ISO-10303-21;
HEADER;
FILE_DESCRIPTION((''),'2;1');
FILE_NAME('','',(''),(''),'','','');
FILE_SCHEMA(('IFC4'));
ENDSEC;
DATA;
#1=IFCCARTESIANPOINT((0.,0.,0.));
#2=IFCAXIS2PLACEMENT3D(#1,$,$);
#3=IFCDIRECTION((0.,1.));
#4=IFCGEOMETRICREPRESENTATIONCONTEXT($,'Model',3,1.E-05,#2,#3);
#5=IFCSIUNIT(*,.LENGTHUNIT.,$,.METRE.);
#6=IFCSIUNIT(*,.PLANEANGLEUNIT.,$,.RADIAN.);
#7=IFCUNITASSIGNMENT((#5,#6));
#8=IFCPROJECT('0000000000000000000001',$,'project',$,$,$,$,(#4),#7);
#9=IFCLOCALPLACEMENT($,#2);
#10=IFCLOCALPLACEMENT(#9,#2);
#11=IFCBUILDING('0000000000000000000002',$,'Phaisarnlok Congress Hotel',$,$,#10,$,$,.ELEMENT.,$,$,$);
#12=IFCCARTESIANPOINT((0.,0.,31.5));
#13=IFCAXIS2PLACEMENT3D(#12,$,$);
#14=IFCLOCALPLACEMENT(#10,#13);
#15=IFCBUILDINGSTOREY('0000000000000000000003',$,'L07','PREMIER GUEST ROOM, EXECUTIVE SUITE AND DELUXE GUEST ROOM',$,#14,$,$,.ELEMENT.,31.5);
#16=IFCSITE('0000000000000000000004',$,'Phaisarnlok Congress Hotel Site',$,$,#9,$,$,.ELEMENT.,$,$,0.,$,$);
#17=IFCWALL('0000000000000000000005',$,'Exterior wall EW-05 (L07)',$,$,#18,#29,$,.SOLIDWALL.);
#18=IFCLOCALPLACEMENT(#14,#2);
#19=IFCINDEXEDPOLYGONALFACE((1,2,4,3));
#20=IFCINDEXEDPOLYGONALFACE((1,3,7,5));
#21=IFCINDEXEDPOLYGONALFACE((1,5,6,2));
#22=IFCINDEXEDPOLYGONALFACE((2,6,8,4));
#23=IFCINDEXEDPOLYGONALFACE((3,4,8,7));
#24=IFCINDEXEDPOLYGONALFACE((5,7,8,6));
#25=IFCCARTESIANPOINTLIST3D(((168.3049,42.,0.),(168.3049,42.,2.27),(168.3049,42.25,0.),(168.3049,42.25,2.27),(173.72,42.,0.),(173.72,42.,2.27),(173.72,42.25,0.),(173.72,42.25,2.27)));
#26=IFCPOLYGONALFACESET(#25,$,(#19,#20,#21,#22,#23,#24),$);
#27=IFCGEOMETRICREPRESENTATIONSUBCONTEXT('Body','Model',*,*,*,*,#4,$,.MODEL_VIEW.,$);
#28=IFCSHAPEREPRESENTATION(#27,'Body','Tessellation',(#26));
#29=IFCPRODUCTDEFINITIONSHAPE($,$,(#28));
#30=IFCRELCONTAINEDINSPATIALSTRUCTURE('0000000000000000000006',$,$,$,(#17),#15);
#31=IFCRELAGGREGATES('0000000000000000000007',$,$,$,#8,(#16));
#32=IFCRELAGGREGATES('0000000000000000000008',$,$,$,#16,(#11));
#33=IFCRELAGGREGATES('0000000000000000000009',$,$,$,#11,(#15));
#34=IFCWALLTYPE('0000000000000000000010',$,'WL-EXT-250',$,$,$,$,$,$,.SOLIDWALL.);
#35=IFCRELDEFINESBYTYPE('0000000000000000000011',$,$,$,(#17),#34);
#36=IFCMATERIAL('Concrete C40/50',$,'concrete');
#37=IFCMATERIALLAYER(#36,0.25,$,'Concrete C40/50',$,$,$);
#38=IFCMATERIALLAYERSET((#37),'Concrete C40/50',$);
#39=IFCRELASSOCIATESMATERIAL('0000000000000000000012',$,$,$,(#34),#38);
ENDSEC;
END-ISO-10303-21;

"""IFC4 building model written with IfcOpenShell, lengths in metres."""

from ifc_helpers import new_model, si_unit, direction, frame, frame_2d, origin, place, context, subcontext, project, spatial, rectangle, extrude, material, layer, layer_set, type_object, element, save


model = new_model("IFC4")

# Units and contexts
model_context = context("Model", 3, precision=1e-05, world=origin(), true_north=direction((0.0, 1.0)))
body_context = subcontext(model_context, "Body", "Model", "MODEL_VIEW")
ifc_project = project(units=[si_unit("LENGTHUNIT", "METRE"), si_unit("PLANEANGLEUNIT", "RADIAN")], contexts=[model_context])

# Site, building, storey
site_placement = place(None, origin())
site = spatial("IfcSite", under=ifc_project, at=site_placement, Name="Phaisarnlok Congress Hotel Site", CompositionType="ELEMENT", RefElevation=0.0)
building_placement = place(site_placement, origin())
building = spatial("IfcBuilding", under=site, at=building_placement, Name="Phaisarnlok Congress Hotel", CompositionType="ELEMENT")
storey_placement = place(building_placement, frame((0.0, 0.0, 31.5)))
storey = spatial("IfcBuildingStorey", under=building, at=storey_placement, Name="L07", Description="PREMIER GUEST ROOM, EXECUTIVE SUITE AND DELUXE GUEST ROOM", CompositionType="ELEMENT", Elevation=31.5)

# Wall
ifc_material_1 = material(Name="Concrete C40/50", Category="concrete")
ifc_layer_1 = layer(ifc_material_1, 0.25, Name="Concrete C40/50")
ifc_layer_set_1 = layer_set([ifc_layer_1], Name="Concrete C40/50")
wall_type_1 = type_object("IfcWallType", Name="WL-EXT-250", PredefinedType="SOLIDWALL", material=ifc_layer_set_1)
wall_1_placement = place(storey_placement, frame((168.3049, 42.125, 0.0), z_axis=(0.0, 0.0, 1.0), x_axis=(1.0, 0.0, 0.0)))
element("IfcWall", 1, at=wall_1_placement, inside=storey, type_object=wall_type_1, Name="Exterior wall EW-05 (L07)", PredefinedType="SOLIDWALL", context=body_context, shape_type="SweptSolid", body=[
    extrude(rectangle(XDim=5.415, YDim=0.25, at=frame_2d((2.7075, 0.0))), origin(), (0.0, 0.0, 1.0), 2.27),
])

save(model, "model.ifc")
